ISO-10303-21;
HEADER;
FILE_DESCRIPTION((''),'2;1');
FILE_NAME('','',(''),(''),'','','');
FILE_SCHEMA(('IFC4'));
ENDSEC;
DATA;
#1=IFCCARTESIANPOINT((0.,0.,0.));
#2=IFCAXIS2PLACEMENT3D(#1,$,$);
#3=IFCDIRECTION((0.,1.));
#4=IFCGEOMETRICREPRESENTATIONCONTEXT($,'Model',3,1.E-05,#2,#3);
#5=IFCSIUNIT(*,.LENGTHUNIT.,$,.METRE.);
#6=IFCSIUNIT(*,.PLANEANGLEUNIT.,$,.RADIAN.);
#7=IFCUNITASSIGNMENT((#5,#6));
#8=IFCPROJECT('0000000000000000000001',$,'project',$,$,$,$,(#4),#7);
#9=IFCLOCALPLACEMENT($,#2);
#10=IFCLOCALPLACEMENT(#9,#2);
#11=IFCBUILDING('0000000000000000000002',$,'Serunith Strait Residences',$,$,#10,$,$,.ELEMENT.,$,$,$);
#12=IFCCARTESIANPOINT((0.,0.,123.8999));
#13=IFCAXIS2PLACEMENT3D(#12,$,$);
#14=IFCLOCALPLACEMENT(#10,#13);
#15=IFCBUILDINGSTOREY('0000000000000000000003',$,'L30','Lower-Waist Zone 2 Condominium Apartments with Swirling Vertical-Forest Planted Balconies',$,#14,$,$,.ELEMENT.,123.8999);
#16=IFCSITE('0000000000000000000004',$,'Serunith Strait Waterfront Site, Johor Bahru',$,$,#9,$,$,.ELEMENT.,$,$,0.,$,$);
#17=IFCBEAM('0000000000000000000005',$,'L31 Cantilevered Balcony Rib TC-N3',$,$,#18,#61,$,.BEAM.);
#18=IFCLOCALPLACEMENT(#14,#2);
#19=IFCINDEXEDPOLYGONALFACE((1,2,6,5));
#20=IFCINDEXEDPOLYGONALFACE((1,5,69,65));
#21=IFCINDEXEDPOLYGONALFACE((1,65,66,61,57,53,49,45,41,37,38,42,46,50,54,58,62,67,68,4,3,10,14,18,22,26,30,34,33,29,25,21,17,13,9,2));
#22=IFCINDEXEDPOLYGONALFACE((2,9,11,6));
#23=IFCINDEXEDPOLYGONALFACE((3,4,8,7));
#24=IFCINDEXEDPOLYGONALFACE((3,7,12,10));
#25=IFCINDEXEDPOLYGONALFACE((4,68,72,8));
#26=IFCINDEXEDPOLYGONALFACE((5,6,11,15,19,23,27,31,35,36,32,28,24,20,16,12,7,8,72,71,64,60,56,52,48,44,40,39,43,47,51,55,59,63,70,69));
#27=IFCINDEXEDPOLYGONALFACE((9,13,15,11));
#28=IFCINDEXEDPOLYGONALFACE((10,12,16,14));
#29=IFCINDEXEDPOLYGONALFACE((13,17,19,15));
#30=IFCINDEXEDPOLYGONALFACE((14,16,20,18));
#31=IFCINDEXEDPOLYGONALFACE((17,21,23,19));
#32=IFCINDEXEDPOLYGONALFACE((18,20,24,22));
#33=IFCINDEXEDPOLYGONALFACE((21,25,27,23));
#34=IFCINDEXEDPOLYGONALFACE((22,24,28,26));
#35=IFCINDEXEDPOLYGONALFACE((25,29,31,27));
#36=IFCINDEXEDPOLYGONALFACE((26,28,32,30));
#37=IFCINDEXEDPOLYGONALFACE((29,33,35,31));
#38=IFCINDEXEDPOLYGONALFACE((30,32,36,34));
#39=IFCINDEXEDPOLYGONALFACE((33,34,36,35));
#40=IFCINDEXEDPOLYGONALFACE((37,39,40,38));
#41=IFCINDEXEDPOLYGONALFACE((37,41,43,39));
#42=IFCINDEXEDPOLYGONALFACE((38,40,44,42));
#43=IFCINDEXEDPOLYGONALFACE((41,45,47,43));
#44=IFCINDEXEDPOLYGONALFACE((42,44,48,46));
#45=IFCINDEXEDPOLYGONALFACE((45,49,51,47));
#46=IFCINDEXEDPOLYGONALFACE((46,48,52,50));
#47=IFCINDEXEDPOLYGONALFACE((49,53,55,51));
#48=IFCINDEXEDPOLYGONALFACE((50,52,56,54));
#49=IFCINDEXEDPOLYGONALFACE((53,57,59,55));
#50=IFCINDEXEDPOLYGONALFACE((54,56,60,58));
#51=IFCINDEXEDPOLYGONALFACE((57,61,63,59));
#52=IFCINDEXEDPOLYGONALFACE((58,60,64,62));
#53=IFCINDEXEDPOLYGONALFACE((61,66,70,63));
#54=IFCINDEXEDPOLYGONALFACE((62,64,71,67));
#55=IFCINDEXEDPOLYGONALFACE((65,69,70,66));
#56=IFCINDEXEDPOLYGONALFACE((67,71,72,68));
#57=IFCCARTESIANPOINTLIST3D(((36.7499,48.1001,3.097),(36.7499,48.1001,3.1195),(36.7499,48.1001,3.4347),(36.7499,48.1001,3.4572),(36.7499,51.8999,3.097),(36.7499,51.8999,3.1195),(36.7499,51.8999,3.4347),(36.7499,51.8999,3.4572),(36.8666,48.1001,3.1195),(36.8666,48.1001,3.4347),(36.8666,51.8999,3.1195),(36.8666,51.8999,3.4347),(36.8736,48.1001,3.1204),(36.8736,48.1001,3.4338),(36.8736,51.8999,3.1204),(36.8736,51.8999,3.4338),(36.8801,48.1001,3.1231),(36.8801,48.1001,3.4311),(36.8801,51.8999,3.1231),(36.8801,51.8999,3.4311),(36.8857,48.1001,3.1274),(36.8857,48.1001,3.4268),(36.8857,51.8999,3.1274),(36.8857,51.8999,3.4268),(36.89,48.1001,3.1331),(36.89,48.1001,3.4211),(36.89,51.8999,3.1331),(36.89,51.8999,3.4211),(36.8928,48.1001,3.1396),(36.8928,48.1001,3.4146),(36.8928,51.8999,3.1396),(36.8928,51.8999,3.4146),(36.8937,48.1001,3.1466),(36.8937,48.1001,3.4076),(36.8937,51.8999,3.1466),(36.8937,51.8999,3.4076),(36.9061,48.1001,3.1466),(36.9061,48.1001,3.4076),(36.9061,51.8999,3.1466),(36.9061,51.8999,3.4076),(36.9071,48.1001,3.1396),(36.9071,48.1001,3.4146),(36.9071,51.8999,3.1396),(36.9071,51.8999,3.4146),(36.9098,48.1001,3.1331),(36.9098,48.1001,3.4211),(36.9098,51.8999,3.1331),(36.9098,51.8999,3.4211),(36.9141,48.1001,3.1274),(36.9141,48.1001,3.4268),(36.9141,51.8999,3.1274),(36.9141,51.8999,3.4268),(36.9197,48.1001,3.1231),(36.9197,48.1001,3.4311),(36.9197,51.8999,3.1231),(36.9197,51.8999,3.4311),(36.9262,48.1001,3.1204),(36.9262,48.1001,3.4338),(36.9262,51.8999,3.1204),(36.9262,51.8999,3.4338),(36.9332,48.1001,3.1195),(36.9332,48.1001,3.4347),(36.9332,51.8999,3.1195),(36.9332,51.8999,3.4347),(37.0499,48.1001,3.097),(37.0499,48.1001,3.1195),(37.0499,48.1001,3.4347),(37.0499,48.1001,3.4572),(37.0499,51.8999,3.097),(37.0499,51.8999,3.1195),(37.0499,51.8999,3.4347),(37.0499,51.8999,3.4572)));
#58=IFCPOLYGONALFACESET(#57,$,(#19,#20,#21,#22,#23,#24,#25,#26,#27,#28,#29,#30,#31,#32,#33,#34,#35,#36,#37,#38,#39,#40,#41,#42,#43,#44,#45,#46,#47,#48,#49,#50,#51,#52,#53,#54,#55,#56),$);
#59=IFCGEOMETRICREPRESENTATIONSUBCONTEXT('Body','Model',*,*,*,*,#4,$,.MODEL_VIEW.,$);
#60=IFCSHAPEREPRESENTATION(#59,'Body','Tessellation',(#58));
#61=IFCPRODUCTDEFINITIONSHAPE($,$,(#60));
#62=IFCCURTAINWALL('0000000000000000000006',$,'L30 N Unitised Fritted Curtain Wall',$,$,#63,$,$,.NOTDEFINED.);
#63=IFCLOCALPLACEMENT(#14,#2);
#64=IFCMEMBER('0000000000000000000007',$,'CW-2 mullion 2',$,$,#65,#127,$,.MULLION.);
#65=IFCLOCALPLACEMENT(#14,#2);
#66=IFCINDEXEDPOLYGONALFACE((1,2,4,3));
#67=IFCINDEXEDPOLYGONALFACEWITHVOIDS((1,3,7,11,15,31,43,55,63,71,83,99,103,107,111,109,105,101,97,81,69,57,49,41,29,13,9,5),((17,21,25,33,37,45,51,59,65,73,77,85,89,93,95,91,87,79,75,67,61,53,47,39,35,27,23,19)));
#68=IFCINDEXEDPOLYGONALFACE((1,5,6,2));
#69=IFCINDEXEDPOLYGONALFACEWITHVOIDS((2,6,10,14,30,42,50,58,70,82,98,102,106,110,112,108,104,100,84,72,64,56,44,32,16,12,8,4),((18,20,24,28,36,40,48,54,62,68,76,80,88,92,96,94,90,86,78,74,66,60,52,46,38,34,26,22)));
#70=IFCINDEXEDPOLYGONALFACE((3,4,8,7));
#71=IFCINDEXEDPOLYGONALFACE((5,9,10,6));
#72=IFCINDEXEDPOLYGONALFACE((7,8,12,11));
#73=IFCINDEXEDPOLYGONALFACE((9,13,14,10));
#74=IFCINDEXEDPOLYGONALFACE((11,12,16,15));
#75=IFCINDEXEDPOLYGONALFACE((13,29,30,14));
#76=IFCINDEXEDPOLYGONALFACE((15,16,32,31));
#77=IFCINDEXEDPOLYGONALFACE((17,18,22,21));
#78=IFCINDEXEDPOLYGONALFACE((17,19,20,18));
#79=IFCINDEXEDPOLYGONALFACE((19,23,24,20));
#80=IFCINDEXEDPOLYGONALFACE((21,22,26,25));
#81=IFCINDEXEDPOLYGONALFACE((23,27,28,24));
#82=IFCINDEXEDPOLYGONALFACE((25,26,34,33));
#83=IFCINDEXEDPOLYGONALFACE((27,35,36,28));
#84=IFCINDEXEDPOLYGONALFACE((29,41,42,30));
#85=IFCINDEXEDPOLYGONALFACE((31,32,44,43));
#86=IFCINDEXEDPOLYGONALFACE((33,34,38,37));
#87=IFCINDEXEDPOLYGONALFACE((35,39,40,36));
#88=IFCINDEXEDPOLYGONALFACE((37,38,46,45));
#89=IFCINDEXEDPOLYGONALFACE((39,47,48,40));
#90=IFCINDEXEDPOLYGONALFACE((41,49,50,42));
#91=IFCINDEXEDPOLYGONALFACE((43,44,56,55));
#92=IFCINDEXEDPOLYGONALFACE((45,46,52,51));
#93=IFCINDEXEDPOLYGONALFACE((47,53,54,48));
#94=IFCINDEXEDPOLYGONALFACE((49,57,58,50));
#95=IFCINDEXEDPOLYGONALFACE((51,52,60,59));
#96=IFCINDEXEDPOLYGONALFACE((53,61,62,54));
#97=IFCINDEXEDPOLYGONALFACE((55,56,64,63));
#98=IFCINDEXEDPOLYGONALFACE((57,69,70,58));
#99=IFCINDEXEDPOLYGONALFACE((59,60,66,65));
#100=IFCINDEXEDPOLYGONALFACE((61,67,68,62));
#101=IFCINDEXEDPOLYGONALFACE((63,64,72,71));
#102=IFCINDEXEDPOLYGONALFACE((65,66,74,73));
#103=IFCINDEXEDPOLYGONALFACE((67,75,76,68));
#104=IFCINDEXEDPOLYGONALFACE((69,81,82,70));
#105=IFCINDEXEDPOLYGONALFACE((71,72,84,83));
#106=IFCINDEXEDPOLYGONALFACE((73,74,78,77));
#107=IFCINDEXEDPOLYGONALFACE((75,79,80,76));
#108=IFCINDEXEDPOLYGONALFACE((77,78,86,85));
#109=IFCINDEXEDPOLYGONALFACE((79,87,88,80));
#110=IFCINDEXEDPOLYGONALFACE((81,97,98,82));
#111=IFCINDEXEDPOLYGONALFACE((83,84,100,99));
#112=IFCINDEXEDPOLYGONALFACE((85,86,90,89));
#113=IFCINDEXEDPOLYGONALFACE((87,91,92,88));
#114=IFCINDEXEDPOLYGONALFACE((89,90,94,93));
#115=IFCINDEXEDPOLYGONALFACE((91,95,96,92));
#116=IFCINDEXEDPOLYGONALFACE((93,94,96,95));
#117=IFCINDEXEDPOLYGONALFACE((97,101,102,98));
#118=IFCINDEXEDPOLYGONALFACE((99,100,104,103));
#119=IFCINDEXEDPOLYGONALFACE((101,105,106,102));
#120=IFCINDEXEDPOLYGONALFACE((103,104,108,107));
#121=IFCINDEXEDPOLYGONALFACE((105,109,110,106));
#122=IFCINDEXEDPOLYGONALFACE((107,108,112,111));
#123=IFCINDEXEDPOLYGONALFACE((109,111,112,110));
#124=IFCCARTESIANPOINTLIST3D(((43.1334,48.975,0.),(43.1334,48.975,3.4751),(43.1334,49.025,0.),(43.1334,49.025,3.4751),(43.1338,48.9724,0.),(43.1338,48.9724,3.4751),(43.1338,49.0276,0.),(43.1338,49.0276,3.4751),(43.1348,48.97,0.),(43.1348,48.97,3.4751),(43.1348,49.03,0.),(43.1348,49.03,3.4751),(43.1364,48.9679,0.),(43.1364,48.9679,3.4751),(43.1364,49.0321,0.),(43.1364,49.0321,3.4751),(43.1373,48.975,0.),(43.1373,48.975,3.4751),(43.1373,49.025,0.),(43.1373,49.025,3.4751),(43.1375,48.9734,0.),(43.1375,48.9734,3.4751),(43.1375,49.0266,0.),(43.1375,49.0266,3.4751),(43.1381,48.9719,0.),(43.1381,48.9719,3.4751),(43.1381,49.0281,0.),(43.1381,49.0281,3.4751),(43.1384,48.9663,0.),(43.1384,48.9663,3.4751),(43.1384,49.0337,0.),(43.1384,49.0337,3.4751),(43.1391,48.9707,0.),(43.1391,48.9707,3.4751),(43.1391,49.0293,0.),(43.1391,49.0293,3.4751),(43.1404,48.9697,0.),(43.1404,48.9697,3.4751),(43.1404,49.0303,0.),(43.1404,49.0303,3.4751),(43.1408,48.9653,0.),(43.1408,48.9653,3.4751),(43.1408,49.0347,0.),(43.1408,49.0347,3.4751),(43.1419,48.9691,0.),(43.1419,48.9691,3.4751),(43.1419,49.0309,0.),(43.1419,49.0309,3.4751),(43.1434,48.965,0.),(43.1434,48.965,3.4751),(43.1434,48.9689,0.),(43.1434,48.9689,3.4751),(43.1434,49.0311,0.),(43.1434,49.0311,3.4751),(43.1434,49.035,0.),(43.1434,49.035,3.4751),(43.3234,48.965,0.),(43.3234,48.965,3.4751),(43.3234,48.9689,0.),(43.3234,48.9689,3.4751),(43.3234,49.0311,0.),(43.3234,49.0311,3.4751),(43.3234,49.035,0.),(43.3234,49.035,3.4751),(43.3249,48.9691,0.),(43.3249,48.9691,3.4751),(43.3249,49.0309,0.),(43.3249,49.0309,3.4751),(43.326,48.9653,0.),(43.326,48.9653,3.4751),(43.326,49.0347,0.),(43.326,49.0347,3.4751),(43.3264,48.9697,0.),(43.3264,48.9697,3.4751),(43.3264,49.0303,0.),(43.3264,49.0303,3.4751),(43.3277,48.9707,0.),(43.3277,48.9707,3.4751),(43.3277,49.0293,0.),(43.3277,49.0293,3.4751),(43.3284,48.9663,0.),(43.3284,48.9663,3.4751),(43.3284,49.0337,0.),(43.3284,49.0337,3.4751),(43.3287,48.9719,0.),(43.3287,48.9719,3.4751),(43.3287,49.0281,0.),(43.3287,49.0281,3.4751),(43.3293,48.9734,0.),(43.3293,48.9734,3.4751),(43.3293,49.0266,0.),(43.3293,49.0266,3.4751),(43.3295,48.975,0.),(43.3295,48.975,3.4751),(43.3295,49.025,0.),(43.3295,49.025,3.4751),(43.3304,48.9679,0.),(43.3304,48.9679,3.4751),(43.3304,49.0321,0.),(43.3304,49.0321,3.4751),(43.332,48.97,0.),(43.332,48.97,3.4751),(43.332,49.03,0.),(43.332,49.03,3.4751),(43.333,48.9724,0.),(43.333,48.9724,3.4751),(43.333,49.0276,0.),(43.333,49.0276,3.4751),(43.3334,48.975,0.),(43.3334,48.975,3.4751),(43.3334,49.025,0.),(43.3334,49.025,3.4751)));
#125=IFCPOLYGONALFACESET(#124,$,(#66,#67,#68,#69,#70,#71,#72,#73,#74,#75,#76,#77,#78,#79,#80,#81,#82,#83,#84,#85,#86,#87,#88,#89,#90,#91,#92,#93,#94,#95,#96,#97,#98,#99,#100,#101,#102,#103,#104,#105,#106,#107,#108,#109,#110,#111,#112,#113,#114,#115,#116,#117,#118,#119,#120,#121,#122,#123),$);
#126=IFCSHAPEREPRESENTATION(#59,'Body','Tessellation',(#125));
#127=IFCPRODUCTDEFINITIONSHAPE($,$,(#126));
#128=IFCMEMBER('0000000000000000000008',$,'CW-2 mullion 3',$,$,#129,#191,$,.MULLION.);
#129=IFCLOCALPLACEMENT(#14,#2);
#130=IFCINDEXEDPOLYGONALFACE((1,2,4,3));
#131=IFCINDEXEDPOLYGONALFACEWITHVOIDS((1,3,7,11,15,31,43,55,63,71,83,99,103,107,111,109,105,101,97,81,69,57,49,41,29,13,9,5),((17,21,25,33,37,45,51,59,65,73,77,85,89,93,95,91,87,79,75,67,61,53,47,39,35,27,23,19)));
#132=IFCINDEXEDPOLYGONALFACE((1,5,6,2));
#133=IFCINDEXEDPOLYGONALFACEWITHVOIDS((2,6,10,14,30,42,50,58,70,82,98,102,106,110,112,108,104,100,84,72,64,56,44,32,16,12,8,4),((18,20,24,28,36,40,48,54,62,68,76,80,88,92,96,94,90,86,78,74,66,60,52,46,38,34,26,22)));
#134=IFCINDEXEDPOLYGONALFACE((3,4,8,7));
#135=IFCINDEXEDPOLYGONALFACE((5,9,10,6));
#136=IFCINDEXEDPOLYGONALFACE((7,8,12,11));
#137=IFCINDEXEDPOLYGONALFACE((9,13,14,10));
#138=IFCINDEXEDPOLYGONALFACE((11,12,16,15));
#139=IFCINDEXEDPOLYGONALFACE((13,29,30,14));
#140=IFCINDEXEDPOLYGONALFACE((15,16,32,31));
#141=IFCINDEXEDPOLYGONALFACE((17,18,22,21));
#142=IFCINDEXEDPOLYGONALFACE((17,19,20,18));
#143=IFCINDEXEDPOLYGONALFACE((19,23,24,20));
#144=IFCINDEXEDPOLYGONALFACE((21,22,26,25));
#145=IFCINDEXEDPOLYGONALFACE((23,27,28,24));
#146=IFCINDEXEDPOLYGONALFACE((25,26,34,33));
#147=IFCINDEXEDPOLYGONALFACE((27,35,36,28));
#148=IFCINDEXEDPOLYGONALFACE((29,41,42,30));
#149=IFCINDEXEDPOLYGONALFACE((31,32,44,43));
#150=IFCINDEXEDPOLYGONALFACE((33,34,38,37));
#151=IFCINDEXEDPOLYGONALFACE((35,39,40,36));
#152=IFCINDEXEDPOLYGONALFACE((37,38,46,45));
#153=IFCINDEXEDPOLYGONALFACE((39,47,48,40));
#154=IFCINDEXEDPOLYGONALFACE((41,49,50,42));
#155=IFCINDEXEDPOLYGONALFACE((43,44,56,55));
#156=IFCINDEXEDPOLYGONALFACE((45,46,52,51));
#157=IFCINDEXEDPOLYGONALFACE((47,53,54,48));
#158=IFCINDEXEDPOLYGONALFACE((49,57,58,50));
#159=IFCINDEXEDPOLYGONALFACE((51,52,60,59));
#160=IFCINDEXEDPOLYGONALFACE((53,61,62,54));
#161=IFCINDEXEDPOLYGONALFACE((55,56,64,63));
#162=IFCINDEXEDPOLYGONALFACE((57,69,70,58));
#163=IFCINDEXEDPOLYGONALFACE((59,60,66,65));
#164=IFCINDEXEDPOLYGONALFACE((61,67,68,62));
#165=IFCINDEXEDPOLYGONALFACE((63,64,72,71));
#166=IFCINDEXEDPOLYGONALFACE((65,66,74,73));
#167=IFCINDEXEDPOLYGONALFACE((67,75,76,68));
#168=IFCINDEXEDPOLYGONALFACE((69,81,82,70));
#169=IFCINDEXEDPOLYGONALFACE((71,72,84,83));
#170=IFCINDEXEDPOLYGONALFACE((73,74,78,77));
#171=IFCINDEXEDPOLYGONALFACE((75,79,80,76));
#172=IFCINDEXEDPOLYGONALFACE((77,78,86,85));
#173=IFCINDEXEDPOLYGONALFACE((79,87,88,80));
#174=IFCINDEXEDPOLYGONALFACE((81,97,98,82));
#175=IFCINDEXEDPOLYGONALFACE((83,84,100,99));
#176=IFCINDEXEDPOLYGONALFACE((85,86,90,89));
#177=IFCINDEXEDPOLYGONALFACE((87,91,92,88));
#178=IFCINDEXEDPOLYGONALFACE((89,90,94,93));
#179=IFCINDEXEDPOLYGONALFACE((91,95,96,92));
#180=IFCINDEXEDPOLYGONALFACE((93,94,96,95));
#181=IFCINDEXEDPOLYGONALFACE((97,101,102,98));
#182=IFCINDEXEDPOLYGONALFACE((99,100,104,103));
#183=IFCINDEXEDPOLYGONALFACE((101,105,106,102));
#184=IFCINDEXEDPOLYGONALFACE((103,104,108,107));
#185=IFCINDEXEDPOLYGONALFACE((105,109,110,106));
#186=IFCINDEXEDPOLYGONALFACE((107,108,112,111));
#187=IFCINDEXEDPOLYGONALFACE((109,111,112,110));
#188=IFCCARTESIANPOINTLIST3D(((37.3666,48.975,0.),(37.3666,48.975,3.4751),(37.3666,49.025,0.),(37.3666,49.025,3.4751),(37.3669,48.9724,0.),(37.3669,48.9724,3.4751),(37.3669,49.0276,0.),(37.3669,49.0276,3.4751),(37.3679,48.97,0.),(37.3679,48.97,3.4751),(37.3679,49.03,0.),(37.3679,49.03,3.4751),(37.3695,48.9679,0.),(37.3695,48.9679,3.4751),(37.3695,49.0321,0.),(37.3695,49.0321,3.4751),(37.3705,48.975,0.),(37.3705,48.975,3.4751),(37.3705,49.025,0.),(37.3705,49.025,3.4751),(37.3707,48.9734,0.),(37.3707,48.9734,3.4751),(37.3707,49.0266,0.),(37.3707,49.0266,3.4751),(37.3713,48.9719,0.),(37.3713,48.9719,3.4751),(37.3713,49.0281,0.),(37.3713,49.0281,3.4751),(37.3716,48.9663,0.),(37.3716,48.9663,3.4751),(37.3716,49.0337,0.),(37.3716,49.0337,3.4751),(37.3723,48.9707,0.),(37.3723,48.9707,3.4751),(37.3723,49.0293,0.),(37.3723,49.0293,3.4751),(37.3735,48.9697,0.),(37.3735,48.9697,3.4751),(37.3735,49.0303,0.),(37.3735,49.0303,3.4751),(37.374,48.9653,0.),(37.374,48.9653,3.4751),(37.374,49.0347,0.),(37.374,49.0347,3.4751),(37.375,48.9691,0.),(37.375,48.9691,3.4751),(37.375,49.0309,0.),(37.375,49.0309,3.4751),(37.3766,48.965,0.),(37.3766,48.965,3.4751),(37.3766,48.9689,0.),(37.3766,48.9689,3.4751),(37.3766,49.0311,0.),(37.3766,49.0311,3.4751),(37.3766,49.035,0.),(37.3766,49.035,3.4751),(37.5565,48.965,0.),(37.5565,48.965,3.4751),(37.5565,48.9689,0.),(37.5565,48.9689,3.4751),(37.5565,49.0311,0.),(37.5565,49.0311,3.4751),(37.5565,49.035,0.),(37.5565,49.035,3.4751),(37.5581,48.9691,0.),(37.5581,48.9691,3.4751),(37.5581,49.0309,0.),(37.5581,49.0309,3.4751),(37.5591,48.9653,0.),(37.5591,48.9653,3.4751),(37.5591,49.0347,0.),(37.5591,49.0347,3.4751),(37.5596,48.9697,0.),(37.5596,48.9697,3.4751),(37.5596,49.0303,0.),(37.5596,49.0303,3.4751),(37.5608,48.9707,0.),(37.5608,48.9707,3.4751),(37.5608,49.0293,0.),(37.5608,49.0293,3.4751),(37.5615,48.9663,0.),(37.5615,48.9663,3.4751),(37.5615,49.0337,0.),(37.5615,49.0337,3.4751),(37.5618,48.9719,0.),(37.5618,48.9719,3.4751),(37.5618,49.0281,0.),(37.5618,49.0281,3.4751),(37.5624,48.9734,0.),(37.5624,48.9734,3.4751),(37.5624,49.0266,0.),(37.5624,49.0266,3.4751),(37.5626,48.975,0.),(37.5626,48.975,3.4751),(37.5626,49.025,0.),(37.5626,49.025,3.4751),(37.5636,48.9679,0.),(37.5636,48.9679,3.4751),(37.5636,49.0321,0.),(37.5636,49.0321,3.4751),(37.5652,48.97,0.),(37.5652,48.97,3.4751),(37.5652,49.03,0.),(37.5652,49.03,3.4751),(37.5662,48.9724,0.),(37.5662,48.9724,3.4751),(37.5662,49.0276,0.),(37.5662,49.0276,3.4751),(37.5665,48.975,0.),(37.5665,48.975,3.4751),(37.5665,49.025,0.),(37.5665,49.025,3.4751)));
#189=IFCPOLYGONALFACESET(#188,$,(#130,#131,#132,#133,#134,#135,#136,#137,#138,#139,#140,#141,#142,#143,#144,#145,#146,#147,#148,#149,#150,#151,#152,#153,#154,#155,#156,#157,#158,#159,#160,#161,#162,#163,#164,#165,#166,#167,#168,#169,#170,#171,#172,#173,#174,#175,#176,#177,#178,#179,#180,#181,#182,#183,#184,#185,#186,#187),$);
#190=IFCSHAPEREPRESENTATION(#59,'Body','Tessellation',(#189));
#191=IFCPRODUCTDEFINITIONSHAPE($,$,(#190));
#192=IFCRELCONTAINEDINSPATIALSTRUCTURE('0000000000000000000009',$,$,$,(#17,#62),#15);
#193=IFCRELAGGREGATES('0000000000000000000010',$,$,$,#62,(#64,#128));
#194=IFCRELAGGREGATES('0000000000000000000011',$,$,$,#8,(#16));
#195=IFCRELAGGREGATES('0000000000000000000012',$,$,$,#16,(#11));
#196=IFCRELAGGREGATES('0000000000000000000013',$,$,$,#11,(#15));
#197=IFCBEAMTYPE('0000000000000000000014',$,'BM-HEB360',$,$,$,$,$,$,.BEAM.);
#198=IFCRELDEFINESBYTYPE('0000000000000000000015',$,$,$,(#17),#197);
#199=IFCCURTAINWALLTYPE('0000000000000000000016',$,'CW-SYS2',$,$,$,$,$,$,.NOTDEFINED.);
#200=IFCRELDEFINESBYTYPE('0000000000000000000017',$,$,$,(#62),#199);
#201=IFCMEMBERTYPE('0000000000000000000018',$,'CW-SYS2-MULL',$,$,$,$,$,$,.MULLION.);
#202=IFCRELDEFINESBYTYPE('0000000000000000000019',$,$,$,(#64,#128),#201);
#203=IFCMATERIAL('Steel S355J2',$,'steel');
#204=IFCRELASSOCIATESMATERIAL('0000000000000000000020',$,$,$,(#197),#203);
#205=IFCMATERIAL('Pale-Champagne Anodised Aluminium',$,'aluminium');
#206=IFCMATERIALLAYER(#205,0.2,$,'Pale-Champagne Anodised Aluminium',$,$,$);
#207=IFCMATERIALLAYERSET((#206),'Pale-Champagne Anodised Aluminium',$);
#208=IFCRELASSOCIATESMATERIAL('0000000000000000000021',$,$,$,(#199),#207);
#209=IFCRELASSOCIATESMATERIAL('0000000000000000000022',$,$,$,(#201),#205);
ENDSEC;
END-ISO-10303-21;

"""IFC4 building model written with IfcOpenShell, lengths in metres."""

from ifc_helpers import new_model, si_unit, direction, frame, origin, origin_2d, place, context, subcontext, project, spatial, hollow_rectangle, i_section, extrude, source, transform, mapped, material, layer, layer_set, material_profile, profile_set, type_object, element, aggregate, save


model = new_model("IFC4")

# Units and contexts
model_context = context("Model", 3, precision=1e-05, world=origin(), true_north=direction((0.0, 1.0)))
body_context = subcontext(model_context, "Body", "Model", "MODEL_VIEW")
ifc_project = project(units=[si_unit("LENGTHUNIT", "METRE"), si_unit("PLANEANGLEUNIT", "RADIAN")], contexts=[model_context])

# Site, building, storey
site_placement = place(None, origin())
site = spatial("IfcSite", under=ifc_project, at=site_placement, Name="Serunith Strait Waterfront Site, Johor Bahru", CompositionType="ELEMENT", RefElevation=0.0)
building_placement = place(site_placement, origin())
building = spatial("IfcBuilding", under=site, at=building_placement, Name="Serunith Strait Residences", CompositionType="ELEMENT")
storey_placement = place(building_placement, frame((0.0, 0.0, 123.8999)))
storey = spatial("IfcBuildingStorey", under=building, at=storey_placement, Name="L30", Description="Lower-Waist Zone 2 Condominium Apartments with Swirling Vertical-Forest Planted Balconies", CompositionType="ELEMENT", Elevation=123.8999)

# Beam
ifc_material_1 = material(Name="Steel S355J2", Category="steel")
ifc_material_profile_1 = material_profile(ifc_material_1, i_section(OverallWidth=0.3, OverallDepth=0.3601, WebThickness=0.0125, FlangeThickness=0.0225, FilletRadius=0.0271, at=origin_2d()), Name="HEB 360")
ifc_profile_set_1 = profile_set([ifc_material_profile_1], Name="Steel S355J2")
beam_type_1 = type_object("IfcBeamType", Name="BM-HEB360", PredefinedType="BEAM", material=ifc_profile_set_1)
shared_shape_1 = source(origin(), body_context, "Body", "SweptSolid", [
    extrude(i_section(OverallWidth=0.3, OverallDepth=0.3601, WebThickness=0.0125, FlangeThickness=0.0225, FilletRadius=0.0271, at=origin_2d()), origin(), (0.0, 0.0, 1.0), 3.7998),
])
beam_1_placement = place(storey_placement, frame((36.8999, 48.1001, 3.2771), z_axis=(0.0, 1.0, 0.0), x_axis=(-1.0, 0.0, 0.0)))
element("IfcBeam", 1, at=beam_1_placement, inside=storey, type_object=beam_type_1, Name="L31 Cantilevered Balcony Rib TC-N3", PredefinedType="BEAM", context=body_context, shape_type="MappedRepresentation", body=[
    mapped(shared_shape_1, transform((0.0, 0.0, 0.0), scale=1.0)),
])

# Curtain wall, members
ifc_material_2 = material(Name="Pale-Champagne Anodised Aluminium", Category="aluminium")
ifc_layer_1 = layer(ifc_material_2, 0.2, Name="Pale-Champagne Anodised Aluminium")
ifc_layer_set_1 = layer_set([ifc_layer_1], Name="Pale-Champagne Anodised Aluminium")
curtain_wall_type = type_object("IfcCurtainWallType", Name="CW-SYS2", PredefinedType="NOTDEFINED", material=ifc_layer_set_1)
curtain_wall_placement = place(storey_placement, origin())
curtain_wall = element("IfcCurtainWall", 2, at=curtain_wall_placement, inside=storey, type_object=curtain_wall_type, Name="L30 N Unitised Fritted Curtain Wall", PredefinedType="NOTDEFINED")
ifc_material_profile_2 = material_profile(ifc_material_2, hollow_rectangle(XDim=0.0701, YDim=0.2, WallThickness=0.0039, InnerFilletRadius=0.0061, OuterFilletRadius=0.01, at=origin_2d()), Name="ALU 200x70x4")
ifc_profile_set_2 = profile_set([ifc_material_profile_2], Name="Pale-Champagne Anodised Aluminium")
member_type_1 = type_object("IfcMemberType", Name="CW-SYS2-MULL", PredefinedType="MULLION", material=ifc_profile_set_2)
shared_shape_2 = source(origin(), body_context, "Body", "SweptSolid", [
    extrude(hollow_rectangle(XDim=0.0701, YDim=0.2, WallThickness=0.0039, InnerFilletRadius=0.0061, OuterFilletRadius=0.01, at=origin_2d()), origin(), (0.0, 0.0, 1.0), 3.4751),
])
member_1_placement = place(storey_placement, frame((43.2334, 49.0, 0.0), z_axis=(0.0, 0.0, 1.0), x_axis=(0.0, -1.0, 0.0)))
member_1 = element("IfcMember", 3, at=member_1_placement, type_object=member_type_1, Name="CW-2 mullion 2", PredefinedType="MULLION", context=body_context, shape_type="MappedRepresentation", body=[
    mapped(shared_shape_2, transform((0.0, 0.0, 0.0), scale=1.0)),
])
member_2_placement = place(storey_placement, frame((37.4666, 49.0, 0.0), z_axis=(0.0, 0.0, 1.0), x_axis=(0.0, -1.0, 0.0)))
member_2 = element("IfcMember", 4, at=member_2_placement, type_object=member_type_1, Name="CW-2 mullion 3", PredefinedType="MULLION", context=body_context, shape_type="MappedRepresentation", body=[
    mapped(shared_shape_2, transform((0.0, 0.0, 0.0), scale=1.0)),
])
aggregate(curtain_wall, [member_1, member_2])

save(model, "model.ifc")
